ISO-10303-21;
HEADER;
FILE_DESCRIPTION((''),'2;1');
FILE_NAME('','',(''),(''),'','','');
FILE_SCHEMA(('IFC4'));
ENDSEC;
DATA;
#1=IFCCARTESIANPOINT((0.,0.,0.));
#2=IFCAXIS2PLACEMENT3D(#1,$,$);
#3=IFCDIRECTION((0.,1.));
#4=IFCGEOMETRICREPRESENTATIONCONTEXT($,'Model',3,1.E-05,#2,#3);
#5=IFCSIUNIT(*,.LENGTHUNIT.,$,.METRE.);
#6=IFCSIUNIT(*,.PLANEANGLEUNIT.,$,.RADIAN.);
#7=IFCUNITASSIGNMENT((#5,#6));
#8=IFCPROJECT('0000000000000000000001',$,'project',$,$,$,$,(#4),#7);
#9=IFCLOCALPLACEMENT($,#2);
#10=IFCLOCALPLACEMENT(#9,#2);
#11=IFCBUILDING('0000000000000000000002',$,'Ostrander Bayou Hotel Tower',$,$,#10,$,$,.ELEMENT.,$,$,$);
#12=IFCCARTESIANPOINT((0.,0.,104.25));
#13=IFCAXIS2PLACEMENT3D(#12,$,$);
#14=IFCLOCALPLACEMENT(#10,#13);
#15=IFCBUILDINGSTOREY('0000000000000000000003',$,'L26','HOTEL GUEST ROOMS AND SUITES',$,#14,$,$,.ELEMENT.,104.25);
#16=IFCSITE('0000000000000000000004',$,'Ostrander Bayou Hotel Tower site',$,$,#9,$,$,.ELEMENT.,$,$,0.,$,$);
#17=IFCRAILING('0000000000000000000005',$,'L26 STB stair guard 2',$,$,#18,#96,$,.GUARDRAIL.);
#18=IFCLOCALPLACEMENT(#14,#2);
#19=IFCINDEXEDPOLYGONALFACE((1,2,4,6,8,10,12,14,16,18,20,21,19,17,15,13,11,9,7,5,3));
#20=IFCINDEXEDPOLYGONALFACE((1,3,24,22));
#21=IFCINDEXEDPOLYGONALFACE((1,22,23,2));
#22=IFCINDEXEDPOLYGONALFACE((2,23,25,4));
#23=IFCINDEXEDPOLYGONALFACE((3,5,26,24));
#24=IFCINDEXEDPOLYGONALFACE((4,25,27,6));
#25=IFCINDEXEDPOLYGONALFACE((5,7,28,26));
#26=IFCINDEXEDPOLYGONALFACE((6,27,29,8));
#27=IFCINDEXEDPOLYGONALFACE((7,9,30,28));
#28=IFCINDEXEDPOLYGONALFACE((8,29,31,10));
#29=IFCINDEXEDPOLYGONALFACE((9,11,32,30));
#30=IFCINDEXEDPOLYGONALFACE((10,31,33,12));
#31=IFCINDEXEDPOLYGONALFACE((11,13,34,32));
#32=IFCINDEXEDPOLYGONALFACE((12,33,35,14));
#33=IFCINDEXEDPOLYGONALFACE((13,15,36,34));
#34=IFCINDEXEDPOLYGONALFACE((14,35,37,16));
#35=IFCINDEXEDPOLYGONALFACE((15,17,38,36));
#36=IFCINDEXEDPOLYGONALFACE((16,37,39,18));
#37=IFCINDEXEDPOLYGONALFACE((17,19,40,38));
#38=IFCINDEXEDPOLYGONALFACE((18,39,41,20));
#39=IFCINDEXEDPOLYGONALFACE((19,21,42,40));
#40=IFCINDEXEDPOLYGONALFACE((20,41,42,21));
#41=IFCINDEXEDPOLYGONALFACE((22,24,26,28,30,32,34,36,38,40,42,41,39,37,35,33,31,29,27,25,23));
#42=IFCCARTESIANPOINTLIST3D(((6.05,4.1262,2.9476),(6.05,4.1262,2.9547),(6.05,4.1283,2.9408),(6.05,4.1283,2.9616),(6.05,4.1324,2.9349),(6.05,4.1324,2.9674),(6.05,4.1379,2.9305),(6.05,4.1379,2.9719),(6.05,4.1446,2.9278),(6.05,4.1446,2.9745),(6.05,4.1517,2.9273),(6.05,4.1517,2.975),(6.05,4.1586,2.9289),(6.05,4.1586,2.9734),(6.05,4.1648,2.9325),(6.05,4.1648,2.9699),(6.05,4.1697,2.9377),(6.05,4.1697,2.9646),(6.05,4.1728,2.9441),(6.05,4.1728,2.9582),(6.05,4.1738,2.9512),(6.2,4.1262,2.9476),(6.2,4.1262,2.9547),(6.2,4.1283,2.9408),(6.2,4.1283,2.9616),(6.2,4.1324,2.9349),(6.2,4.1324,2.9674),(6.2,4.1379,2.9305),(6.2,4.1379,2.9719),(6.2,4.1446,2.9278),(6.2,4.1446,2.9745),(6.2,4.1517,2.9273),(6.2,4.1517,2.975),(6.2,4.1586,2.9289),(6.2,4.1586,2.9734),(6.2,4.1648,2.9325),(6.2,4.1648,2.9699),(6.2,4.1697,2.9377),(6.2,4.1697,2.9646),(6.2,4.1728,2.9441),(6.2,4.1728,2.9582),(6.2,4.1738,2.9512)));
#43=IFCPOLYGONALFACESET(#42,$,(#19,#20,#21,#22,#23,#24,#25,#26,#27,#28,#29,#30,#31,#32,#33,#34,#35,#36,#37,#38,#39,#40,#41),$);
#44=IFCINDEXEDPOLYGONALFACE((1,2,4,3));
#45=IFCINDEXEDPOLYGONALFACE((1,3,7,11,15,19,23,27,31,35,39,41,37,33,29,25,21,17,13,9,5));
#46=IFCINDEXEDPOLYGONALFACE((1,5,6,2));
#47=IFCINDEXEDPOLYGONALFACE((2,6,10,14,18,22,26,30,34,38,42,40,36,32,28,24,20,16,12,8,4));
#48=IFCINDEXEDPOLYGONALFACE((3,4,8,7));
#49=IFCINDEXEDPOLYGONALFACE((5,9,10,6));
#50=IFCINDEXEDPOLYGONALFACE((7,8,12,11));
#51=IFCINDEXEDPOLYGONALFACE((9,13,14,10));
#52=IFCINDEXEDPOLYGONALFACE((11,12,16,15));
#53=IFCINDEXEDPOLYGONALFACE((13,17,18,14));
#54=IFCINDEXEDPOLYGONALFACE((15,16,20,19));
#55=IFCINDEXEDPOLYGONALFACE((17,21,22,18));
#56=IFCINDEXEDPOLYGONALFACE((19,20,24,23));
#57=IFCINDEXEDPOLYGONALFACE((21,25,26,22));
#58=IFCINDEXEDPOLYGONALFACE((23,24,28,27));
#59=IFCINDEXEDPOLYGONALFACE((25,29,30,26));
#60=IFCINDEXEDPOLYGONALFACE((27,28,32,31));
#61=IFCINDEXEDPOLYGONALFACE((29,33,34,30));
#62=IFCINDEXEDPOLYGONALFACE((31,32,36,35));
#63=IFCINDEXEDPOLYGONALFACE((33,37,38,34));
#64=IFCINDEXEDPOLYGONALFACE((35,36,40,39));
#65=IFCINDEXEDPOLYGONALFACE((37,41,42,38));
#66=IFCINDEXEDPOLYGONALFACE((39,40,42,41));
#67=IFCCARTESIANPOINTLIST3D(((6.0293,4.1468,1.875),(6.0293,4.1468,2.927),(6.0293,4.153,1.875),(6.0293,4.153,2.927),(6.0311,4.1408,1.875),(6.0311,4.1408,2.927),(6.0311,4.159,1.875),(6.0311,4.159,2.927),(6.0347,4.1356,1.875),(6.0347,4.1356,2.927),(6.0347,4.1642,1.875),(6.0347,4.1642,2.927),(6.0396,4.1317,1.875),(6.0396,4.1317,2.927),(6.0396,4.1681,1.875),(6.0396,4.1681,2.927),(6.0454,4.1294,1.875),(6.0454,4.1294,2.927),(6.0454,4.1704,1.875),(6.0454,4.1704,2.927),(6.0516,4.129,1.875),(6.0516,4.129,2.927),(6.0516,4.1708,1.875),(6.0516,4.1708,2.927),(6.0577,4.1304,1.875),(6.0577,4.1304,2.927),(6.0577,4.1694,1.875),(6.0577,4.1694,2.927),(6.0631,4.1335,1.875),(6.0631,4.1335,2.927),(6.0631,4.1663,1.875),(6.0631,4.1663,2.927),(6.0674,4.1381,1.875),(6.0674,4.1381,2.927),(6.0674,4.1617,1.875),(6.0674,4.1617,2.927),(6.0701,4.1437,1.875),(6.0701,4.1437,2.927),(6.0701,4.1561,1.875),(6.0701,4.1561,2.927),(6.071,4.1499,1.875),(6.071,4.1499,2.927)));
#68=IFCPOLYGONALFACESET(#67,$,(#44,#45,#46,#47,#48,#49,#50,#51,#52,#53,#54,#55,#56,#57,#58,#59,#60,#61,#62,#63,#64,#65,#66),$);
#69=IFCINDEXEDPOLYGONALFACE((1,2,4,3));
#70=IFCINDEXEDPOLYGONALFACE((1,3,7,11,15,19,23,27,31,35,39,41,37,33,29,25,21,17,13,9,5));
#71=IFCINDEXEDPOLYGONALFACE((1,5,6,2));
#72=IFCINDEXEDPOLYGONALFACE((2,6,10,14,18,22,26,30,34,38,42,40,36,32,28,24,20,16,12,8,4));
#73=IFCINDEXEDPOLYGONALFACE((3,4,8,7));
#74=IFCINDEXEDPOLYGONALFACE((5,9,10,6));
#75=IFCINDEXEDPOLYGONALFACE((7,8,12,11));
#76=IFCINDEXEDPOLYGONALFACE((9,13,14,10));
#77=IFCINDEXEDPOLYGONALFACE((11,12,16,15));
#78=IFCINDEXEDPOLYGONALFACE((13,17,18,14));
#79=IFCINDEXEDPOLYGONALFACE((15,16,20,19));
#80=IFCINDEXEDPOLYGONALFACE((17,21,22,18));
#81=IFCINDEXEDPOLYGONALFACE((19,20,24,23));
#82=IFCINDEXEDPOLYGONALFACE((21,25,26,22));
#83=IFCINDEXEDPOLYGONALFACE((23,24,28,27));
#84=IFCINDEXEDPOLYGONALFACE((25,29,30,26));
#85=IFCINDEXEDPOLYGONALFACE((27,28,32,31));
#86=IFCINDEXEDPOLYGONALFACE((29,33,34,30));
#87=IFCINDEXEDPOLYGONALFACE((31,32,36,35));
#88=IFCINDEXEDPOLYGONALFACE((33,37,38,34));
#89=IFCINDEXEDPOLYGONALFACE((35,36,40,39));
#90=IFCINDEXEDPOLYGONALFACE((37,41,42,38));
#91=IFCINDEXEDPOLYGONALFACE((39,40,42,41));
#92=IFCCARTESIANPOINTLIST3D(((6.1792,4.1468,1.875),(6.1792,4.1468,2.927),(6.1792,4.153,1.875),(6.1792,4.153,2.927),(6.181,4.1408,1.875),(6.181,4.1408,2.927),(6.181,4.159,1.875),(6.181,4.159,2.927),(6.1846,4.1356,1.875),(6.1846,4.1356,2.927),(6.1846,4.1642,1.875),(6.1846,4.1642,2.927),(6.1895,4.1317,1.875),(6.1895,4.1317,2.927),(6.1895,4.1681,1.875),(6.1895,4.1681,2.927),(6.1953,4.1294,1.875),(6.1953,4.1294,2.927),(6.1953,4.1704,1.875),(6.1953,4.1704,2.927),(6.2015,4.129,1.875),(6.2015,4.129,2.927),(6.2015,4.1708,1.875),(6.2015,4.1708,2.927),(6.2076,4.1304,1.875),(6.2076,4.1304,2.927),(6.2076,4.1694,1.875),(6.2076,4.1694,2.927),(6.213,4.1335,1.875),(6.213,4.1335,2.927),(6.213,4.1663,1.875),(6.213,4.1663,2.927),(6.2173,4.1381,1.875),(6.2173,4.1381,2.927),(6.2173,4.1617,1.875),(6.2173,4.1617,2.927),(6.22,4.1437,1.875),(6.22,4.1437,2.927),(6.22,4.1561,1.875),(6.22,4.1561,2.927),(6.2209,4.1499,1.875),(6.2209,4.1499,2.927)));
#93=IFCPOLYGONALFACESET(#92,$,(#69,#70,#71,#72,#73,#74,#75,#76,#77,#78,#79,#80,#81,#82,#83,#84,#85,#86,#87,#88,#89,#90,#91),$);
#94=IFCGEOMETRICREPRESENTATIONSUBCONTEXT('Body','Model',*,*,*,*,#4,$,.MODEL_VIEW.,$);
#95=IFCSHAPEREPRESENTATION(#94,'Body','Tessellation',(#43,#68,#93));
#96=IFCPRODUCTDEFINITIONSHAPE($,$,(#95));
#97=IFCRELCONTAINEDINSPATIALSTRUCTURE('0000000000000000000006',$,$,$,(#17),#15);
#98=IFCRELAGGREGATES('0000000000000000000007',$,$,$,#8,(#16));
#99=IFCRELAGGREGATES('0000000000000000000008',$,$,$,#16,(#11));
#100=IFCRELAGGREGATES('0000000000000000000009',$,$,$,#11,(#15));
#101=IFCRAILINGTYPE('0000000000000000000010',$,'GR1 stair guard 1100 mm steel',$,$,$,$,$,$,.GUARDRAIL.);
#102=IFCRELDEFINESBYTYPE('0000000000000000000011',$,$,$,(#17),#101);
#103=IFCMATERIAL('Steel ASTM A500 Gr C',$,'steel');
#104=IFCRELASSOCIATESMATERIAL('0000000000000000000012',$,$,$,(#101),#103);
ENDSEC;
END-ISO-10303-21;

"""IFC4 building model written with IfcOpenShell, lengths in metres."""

from ifc_helpers import new_model, si_unit, direction, frame, origin, origin_2d, place, context, subcontext, project, spatial, circle, extrude, material, type_object, element, save


model = new_model("IFC4")

# Units and contexts
model_context = context("Model", 3, precision=1e-05, world=origin(), true_north=direction((0.0, 1.0)))
body_context = subcontext(model_context, "Body", "Model", "MODEL_VIEW")
ifc_project = project(units=[si_unit("LENGTHUNIT", "METRE"), si_unit("PLANEANGLEUNIT", "RADIAN")], contexts=[model_context])

# Site, building, storey
site_placement = place(None, origin())
site = spatial("IfcSite", under=ifc_project, at=site_placement, Name="Ostrander Bayou Hotel Tower site", CompositionType="ELEMENT", RefElevation=0.0)
building_placement = place(site_placement, origin())
building = spatial("IfcBuilding", under=site, at=building_placement, Name="Ostrander Bayou Hotel Tower", CompositionType="ELEMENT")
storey_placement = place(building_placement, frame((0.0, 0.0, 104.25)))
storey = spatial("IfcBuildingStorey", under=building, at=storey_placement, Name="L26", Description="HOTEL GUEST ROOMS AND SUITES", CompositionType="ELEMENT", Elevation=104.25)

# Railing
ifc_material_1 = material(Name="Steel ASTM A500 Gr C", Category="steel")
railing_type_1 = type_object("IfcRailingType", Name="GR1 stair guard 1100 mm steel", PredefinedType="GUARDRAIL", material=ifc_material_1)
railing_1_placement = place(storey_placement, frame((6.05, 4.1499, 1.875)))
element("IfcRailing", 1, at=railing_1_placement, inside=storey, type_object=railing_type_1, Name="L26 STB stair guard 2", PredefinedType="GUARDRAIL", context=body_context, shape_type="SweptSolid", body=[
    extrude(circle(Radius=0.0239, at=origin_2d()), frame((0.0, 0.0, 1.0762), z_axis=(1.0, 0.0, 0.0), x_axis=(0.0, 1.0, 0.0)), (0.0, 0.0, 1.0), 0.1499),
    extrude(circle(Radius=0.021, at=origin_2d()), origin(), (0.0, 0.0, 1.0), 1.052),
    extrude(circle(Radius=0.021, at=origin_2d()), frame((0.1499, 0.0, 0.0)), (0.0, 0.0, 1.0), 1.052),
])

save(model, "model.ifc")
